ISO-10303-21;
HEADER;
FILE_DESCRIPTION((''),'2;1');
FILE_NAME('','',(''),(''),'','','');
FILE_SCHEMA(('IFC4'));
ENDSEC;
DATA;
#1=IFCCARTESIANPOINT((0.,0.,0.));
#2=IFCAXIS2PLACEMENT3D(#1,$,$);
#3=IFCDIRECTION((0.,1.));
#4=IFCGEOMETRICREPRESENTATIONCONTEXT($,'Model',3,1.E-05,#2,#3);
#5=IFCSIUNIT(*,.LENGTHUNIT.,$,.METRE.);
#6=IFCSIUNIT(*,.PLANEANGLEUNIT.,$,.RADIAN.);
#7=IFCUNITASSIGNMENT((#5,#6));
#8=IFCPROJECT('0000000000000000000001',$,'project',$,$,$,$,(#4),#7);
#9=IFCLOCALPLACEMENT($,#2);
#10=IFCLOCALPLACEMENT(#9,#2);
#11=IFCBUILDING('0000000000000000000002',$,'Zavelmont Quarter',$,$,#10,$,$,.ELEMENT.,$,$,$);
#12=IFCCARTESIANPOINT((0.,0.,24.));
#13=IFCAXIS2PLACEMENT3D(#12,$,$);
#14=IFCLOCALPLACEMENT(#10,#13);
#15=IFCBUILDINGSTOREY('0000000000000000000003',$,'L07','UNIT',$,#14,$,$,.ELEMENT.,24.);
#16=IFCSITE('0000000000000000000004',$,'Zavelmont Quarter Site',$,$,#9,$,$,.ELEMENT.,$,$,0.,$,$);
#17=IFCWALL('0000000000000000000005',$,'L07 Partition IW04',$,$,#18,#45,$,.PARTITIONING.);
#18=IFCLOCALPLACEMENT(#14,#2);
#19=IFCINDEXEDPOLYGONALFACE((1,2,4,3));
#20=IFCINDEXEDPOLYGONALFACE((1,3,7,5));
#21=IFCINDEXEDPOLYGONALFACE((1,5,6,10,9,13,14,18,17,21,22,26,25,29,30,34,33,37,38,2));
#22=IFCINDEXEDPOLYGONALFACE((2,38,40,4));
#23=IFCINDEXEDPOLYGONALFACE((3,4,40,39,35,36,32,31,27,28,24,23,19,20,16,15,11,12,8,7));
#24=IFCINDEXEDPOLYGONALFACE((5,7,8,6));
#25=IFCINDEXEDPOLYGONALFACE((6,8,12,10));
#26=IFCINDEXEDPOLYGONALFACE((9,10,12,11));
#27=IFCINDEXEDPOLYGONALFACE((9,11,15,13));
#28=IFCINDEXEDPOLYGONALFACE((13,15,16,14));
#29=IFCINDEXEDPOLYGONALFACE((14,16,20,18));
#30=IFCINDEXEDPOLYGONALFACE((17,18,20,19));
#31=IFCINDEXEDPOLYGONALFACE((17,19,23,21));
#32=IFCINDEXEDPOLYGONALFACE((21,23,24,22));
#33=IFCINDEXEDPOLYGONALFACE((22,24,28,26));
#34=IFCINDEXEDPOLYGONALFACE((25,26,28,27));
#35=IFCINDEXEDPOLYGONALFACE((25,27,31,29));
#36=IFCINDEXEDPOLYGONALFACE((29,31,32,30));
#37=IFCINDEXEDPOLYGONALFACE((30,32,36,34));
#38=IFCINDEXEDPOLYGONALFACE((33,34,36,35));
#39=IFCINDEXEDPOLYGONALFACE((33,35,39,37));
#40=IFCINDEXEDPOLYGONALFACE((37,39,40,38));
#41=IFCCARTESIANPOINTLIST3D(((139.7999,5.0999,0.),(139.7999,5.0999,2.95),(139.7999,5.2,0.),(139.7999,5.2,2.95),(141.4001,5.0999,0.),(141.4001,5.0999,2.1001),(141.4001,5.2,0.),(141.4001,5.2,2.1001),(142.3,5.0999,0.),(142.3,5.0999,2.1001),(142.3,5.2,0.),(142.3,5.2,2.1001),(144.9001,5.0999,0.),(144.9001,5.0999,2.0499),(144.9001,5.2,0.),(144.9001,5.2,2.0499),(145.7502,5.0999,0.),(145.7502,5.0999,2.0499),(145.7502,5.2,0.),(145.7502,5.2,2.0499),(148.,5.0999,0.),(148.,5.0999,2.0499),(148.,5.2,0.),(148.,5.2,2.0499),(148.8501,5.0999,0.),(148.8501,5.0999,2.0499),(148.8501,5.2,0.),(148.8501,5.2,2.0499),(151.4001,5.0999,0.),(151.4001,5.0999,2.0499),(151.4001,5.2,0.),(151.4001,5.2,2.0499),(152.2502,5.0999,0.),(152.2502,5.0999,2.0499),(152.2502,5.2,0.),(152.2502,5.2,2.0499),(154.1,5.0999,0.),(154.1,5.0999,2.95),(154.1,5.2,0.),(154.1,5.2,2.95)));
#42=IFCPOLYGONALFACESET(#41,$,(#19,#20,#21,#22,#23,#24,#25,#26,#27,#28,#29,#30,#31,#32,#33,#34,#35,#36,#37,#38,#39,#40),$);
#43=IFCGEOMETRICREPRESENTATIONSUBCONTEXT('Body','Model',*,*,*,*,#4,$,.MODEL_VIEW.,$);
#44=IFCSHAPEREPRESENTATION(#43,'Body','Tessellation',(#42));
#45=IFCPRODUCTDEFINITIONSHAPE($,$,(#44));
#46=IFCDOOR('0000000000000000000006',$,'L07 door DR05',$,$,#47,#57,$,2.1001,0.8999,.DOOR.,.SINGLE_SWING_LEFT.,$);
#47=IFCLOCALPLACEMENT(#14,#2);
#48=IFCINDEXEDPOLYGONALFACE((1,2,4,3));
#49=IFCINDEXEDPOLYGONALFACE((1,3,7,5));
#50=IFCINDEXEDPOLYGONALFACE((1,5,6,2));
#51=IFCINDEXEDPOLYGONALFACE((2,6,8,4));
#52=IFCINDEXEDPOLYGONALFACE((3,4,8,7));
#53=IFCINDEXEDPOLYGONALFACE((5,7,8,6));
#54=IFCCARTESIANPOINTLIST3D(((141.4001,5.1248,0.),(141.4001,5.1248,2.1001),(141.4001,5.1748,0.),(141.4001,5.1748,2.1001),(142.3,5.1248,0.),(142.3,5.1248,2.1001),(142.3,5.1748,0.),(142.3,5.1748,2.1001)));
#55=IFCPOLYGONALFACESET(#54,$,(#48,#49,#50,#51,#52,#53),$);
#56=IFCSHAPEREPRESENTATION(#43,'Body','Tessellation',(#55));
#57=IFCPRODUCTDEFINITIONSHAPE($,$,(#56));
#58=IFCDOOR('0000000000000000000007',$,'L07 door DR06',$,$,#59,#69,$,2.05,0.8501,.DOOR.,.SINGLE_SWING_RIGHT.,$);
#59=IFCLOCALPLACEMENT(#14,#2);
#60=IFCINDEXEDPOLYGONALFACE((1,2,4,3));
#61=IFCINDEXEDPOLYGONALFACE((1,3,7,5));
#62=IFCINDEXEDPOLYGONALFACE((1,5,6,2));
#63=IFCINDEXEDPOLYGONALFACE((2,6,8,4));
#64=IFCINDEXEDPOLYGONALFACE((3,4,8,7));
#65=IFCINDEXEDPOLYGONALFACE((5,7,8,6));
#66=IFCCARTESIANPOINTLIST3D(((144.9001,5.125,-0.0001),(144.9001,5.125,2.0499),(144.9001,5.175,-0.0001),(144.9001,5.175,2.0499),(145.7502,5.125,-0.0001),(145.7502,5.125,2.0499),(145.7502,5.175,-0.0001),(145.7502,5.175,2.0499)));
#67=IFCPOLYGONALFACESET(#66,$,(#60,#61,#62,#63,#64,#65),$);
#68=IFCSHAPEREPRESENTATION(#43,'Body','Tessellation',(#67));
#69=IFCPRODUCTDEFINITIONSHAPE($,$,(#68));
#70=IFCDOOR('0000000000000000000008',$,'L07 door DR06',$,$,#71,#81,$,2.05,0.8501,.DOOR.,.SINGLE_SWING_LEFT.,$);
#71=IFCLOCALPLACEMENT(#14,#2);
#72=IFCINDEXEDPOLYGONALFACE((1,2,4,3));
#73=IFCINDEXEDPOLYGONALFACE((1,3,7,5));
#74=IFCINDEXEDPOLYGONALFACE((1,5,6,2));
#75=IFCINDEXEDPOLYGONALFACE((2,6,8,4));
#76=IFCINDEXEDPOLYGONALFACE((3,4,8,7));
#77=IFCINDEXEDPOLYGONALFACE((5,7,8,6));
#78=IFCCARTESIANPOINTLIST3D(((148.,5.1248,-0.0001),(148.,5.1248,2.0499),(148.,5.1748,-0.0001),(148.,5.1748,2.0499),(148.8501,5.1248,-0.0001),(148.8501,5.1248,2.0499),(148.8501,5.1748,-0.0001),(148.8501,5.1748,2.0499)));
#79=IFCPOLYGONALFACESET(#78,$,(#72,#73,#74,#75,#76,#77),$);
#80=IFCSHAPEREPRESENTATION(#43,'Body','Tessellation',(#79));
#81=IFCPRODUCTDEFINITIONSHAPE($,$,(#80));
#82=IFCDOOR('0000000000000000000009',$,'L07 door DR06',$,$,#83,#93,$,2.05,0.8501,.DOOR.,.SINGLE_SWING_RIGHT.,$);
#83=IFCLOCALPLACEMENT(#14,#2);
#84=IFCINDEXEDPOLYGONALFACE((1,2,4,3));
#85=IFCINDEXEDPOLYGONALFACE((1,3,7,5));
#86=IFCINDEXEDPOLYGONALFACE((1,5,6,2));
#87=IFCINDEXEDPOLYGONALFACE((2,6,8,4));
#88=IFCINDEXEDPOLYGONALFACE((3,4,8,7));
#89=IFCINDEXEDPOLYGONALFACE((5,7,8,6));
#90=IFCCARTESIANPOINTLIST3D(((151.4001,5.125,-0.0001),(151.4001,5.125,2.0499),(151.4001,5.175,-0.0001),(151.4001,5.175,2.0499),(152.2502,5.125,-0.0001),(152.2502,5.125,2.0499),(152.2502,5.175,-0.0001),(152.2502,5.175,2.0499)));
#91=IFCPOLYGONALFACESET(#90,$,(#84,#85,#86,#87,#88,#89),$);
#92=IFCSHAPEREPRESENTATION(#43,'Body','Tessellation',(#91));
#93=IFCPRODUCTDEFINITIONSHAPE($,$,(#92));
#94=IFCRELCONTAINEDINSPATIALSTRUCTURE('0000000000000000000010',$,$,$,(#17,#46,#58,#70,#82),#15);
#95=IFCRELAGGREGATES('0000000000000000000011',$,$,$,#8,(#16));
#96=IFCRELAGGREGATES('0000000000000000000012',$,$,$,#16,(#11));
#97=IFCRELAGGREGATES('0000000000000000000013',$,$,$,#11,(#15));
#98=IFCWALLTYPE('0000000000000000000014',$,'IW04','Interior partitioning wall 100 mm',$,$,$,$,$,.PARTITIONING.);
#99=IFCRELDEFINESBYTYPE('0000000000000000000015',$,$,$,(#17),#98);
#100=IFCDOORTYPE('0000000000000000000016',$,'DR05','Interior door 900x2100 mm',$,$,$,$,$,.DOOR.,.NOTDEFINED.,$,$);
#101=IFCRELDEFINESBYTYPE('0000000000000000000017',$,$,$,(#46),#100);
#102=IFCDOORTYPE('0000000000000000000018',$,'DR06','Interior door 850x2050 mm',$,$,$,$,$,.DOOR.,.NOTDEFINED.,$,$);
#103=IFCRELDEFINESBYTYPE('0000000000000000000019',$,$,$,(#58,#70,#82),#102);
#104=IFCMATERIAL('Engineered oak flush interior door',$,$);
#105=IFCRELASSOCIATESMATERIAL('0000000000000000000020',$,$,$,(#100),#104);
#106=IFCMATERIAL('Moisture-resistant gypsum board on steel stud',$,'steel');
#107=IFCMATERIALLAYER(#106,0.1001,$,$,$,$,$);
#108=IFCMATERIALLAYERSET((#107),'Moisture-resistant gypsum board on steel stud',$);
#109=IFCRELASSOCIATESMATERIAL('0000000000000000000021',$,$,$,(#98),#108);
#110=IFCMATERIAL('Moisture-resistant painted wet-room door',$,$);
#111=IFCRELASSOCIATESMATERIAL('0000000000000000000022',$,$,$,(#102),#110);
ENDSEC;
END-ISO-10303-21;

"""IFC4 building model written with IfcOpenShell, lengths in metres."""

from ifc_helpers import new_model, si_unit, direction, frame, frame_2d, origin, origin_with_axes, place, context, subcontext, project, spatial, rectangle, extrude, material, layer, layer_set, type_object, element, fill, save


model = new_model("IFC4")

# Units and contexts
model_context = context("Model", 3, precision=1e-05, world=origin(), true_north=direction((0.0, 1.0)))
body_context = subcontext(model_context, "Body", "Model", "MODEL_VIEW")
ifc_project = project(units=[si_unit("LENGTHUNIT", "METRE"), si_unit("PLANEANGLEUNIT", "RADIAN")], contexts=[model_context])

# Site, building, storey
site_placement = place(None, origin())
site = spatial("IfcSite", under=ifc_project, at=site_placement, Name="Zavelmont Quarter Site", CompositionType="ELEMENT", RefElevation=0.0)
building_placement = place(site_placement, origin())
building = spatial("IfcBuilding", under=site, at=building_placement, Name="Zavelmont Quarter", CompositionType="ELEMENT")
storey_placement = place(building_placement, frame((0.0, 0.0, 24.0)))
storey = spatial("IfcBuildingStorey", under=building, at=storey_placement, Name="L07", Description="UNIT", CompositionType="ELEMENT", Elevation=24.0)

# Shared definitions
ifc_material_1 = material(Name="Engineered oak flush interior door")
door_type_1 = type_object("IfcDoorType", Name="DR05", Description="Interior door 900x2100 mm", OperationType="NOTDEFINED", PredefinedType="DOOR", material=ifc_material_1)

# Wall, openings, doors
ifc_material_2 = material(Name="Moisture-resistant gypsum board on steel stud", Category="steel")
ifc_layer_1 = layer(ifc_material_2, 0.1001)
ifc_layer_set_1 = layer_set([ifc_layer_1], Name="Moisture-resistant gypsum board on steel stud")
wall_type_1 = type_object("IfcWallType", Name="IW04", Description="Interior partitioning wall 100 mm", PredefinedType="PARTITIONING", material=ifc_layer_set_1)
wall_1_placement = place(storey_placement, frame((139.8, 5.1499, 0.0), z_axis=(0.0, 0.0, 1.0), x_axis=(1.0, 0.0, 0.0)))
wall_1 = element("IfcWall", 1, at=wall_1_placement, inside=storey, type_object=wall_type_1, Name="L07 Partition IW04", PredefinedType="PARTITIONING", context=body_context, shape_type="SweptSolid", body=[
    extrude(rectangle(XDim=14.3, YDim=0.1001, at=frame_2d((7.1499, 0.0))), origin(), (0.0, 0.0, 1.0), 2.95),
])
opening_1_placement = place(wall_1_placement, frame((1.6001, 0.0, 0.0)))
opening_1 = element("IfcOpeningElement", 2, at=opening_1_placement, cuts=wall_1, PredefinedType="OPENING", context=body_context, shape_type="SweptSolid", body=[
    extrude(rectangle(XDim=0.8999, YDim=2.1001, at=frame_2d((0.45, 1.05))), frame((0.0, 0.062, 0.0), z_axis=(0.0, -1.0, 0.0), x_axis=(1.0, 0.0, 0.0)), (0.0, 0.0, 1.0), 0.124),
])
opening_2_placement = place(wall_1_placement, frame((5.1001, 0.0, 0.0)))
opening_2 = element("IfcOpeningElement", 3, at=opening_2_placement, cuts=wall_1, PredefinedType="OPENING", context=body_context, shape_type="SweptSolid", body=[
    extrude(rectangle(XDim=0.8501, YDim=2.05, at=frame_2d((0.425, 1.0249))), frame((0.0, 0.062, 0.0), z_axis=(0.0, -1.0, 0.0), x_axis=(1.0, 0.0, 0.0)), (0.0, 0.0, 1.0), 0.124),
])
opening_3_placement = place(wall_1_placement, frame((8.2, 0.0, 0.0)))
opening_3 = element("IfcOpeningElement", 4, at=opening_3_placement, cuts=wall_1, PredefinedType="OPENING", context=body_context, shape_type="SweptSolid", body=[
    extrude(rectangle(XDim=0.8501, YDim=2.05, at=frame_2d((0.425, 1.0249))), frame((0.0, 0.062, 0.0), z_axis=(0.0, -1.0, 0.0), x_axis=(1.0, 0.0, 0.0)), (0.0, 0.0, 1.0), 0.124),
])
opening_4_placement = place(wall_1_placement, frame((11.6001, 0.0, 0.0)))
opening_4 = element("IfcOpeningElement", 5, at=opening_4_placement, cuts=wall_1, PredefinedType="OPENING", context=body_context, shape_type="SweptSolid", body=[
    extrude(rectangle(XDim=0.8501, YDim=2.05, at=frame_2d((0.425, 1.0249))), frame((0.0, 0.062, 0.0), z_axis=(0.0, -1.0, 0.0), x_axis=(1.0, 0.0, 0.0)), (0.0, 0.0, 1.0), 0.124),
])
door_1_placement = place(opening_1_placement, origin_with_axes())
door_1 = element("IfcDoor", 6, at=door_1_placement, inside=storey, type_object=door_type_1, Name="L07 door DR05", OperationType="SINGLE_SWING_LEFT", OverallHeight=2.1001, OverallWidth=0.8999, PredefinedType="DOOR", context=body_context, shape_type="SweptSolid", body=[
    extrude(rectangle(XDim=0.8999, YDim=2.1001, at=frame_2d((0.45, 1.05))), frame((0.0, 0.0249, 0.0), z_axis=(0.0, -1.0, 0.0), x_axis=(1.0, 0.0, 0.0)), (0.0, 0.0, 1.0), 0.05),
])
fill(opening_1, door_1)
ifc_material_3 = material(Name="Moisture-resistant painted wet-room door")
door_type_2 = type_object("IfcDoorType", Name="DR06", Description="Interior door 850x2050 mm", OperationType="NOTDEFINED", PredefinedType="DOOR", material=ifc_material_3)
door_2_placement = place(opening_2_placement, frame((0.8501, 0.0, 0.0), z_axis=(0.0, 0.0, 1.0), x_axis=(-1.0, 0.0, 0.0)))
door_2 = element("IfcDoor", 7, at=door_2_placement, inside=storey, type_object=door_type_2, Name="L07 door DR06", OperationType="SINGLE_SWING_RIGHT", OverallHeight=2.05, OverallWidth=0.8501, PredefinedType="DOOR", context=body_context, shape_type="SweptSolid", body=[
    extrude(rectangle(XDim=0.8501, YDim=2.05, at=frame_2d((0.425, 1.0249))), frame((0.0, 0.0249, 0.0), z_axis=(0.0, -1.0, 0.0), x_axis=(1.0, 0.0, 0.0)), (0.0, 0.0, 1.0), 0.05),
])
fill(opening_2, door_2)
door_3_placement = place(opening_3_placement, origin_with_axes())
door_3 = element("IfcDoor", 8, at=door_3_placement, inside=storey, type_object=door_type_2, Name="L07 door DR06", OperationType="SINGLE_SWING_LEFT", OverallHeight=2.05, OverallWidth=0.8501, PredefinedType="DOOR", context=body_context, shape_type="SweptSolid", body=[
    extrude(rectangle(XDim=0.8501, YDim=2.05, at=frame_2d((0.425, 1.0249))), frame((0.0, 0.0249, 0.0), z_axis=(0.0, -1.0, 0.0), x_axis=(1.0, 0.0, 0.0)), (0.0, 0.0, 1.0), 0.05),
])
fill(opening_3, door_3)
door_4_placement = place(opening_4_placement, frame((0.8501, 0.0, 0.0), z_axis=(0.0, 0.0, 1.0), x_axis=(-1.0, 0.0, 0.0)))
door_4 = element("IfcDoor", 9, at=door_4_placement, inside=storey, type_object=door_type_2, Name="L07 door DR06", OperationType="SINGLE_SWING_RIGHT", OverallHeight=2.05, OverallWidth=0.8501, PredefinedType="DOOR", context=body_context, shape_type="SweptSolid", body=[
    extrude(rectangle(XDim=0.8501, YDim=2.05, at=frame_2d((0.425, 1.0249))), frame((0.0, 0.0249, 0.0), z_axis=(0.0, -1.0, 0.0), x_axis=(1.0, 0.0, 0.0)), (0.0, 0.0, 1.0), 0.05),
])
fill(opening_4, door_4)

save(model, "model.ifc")
